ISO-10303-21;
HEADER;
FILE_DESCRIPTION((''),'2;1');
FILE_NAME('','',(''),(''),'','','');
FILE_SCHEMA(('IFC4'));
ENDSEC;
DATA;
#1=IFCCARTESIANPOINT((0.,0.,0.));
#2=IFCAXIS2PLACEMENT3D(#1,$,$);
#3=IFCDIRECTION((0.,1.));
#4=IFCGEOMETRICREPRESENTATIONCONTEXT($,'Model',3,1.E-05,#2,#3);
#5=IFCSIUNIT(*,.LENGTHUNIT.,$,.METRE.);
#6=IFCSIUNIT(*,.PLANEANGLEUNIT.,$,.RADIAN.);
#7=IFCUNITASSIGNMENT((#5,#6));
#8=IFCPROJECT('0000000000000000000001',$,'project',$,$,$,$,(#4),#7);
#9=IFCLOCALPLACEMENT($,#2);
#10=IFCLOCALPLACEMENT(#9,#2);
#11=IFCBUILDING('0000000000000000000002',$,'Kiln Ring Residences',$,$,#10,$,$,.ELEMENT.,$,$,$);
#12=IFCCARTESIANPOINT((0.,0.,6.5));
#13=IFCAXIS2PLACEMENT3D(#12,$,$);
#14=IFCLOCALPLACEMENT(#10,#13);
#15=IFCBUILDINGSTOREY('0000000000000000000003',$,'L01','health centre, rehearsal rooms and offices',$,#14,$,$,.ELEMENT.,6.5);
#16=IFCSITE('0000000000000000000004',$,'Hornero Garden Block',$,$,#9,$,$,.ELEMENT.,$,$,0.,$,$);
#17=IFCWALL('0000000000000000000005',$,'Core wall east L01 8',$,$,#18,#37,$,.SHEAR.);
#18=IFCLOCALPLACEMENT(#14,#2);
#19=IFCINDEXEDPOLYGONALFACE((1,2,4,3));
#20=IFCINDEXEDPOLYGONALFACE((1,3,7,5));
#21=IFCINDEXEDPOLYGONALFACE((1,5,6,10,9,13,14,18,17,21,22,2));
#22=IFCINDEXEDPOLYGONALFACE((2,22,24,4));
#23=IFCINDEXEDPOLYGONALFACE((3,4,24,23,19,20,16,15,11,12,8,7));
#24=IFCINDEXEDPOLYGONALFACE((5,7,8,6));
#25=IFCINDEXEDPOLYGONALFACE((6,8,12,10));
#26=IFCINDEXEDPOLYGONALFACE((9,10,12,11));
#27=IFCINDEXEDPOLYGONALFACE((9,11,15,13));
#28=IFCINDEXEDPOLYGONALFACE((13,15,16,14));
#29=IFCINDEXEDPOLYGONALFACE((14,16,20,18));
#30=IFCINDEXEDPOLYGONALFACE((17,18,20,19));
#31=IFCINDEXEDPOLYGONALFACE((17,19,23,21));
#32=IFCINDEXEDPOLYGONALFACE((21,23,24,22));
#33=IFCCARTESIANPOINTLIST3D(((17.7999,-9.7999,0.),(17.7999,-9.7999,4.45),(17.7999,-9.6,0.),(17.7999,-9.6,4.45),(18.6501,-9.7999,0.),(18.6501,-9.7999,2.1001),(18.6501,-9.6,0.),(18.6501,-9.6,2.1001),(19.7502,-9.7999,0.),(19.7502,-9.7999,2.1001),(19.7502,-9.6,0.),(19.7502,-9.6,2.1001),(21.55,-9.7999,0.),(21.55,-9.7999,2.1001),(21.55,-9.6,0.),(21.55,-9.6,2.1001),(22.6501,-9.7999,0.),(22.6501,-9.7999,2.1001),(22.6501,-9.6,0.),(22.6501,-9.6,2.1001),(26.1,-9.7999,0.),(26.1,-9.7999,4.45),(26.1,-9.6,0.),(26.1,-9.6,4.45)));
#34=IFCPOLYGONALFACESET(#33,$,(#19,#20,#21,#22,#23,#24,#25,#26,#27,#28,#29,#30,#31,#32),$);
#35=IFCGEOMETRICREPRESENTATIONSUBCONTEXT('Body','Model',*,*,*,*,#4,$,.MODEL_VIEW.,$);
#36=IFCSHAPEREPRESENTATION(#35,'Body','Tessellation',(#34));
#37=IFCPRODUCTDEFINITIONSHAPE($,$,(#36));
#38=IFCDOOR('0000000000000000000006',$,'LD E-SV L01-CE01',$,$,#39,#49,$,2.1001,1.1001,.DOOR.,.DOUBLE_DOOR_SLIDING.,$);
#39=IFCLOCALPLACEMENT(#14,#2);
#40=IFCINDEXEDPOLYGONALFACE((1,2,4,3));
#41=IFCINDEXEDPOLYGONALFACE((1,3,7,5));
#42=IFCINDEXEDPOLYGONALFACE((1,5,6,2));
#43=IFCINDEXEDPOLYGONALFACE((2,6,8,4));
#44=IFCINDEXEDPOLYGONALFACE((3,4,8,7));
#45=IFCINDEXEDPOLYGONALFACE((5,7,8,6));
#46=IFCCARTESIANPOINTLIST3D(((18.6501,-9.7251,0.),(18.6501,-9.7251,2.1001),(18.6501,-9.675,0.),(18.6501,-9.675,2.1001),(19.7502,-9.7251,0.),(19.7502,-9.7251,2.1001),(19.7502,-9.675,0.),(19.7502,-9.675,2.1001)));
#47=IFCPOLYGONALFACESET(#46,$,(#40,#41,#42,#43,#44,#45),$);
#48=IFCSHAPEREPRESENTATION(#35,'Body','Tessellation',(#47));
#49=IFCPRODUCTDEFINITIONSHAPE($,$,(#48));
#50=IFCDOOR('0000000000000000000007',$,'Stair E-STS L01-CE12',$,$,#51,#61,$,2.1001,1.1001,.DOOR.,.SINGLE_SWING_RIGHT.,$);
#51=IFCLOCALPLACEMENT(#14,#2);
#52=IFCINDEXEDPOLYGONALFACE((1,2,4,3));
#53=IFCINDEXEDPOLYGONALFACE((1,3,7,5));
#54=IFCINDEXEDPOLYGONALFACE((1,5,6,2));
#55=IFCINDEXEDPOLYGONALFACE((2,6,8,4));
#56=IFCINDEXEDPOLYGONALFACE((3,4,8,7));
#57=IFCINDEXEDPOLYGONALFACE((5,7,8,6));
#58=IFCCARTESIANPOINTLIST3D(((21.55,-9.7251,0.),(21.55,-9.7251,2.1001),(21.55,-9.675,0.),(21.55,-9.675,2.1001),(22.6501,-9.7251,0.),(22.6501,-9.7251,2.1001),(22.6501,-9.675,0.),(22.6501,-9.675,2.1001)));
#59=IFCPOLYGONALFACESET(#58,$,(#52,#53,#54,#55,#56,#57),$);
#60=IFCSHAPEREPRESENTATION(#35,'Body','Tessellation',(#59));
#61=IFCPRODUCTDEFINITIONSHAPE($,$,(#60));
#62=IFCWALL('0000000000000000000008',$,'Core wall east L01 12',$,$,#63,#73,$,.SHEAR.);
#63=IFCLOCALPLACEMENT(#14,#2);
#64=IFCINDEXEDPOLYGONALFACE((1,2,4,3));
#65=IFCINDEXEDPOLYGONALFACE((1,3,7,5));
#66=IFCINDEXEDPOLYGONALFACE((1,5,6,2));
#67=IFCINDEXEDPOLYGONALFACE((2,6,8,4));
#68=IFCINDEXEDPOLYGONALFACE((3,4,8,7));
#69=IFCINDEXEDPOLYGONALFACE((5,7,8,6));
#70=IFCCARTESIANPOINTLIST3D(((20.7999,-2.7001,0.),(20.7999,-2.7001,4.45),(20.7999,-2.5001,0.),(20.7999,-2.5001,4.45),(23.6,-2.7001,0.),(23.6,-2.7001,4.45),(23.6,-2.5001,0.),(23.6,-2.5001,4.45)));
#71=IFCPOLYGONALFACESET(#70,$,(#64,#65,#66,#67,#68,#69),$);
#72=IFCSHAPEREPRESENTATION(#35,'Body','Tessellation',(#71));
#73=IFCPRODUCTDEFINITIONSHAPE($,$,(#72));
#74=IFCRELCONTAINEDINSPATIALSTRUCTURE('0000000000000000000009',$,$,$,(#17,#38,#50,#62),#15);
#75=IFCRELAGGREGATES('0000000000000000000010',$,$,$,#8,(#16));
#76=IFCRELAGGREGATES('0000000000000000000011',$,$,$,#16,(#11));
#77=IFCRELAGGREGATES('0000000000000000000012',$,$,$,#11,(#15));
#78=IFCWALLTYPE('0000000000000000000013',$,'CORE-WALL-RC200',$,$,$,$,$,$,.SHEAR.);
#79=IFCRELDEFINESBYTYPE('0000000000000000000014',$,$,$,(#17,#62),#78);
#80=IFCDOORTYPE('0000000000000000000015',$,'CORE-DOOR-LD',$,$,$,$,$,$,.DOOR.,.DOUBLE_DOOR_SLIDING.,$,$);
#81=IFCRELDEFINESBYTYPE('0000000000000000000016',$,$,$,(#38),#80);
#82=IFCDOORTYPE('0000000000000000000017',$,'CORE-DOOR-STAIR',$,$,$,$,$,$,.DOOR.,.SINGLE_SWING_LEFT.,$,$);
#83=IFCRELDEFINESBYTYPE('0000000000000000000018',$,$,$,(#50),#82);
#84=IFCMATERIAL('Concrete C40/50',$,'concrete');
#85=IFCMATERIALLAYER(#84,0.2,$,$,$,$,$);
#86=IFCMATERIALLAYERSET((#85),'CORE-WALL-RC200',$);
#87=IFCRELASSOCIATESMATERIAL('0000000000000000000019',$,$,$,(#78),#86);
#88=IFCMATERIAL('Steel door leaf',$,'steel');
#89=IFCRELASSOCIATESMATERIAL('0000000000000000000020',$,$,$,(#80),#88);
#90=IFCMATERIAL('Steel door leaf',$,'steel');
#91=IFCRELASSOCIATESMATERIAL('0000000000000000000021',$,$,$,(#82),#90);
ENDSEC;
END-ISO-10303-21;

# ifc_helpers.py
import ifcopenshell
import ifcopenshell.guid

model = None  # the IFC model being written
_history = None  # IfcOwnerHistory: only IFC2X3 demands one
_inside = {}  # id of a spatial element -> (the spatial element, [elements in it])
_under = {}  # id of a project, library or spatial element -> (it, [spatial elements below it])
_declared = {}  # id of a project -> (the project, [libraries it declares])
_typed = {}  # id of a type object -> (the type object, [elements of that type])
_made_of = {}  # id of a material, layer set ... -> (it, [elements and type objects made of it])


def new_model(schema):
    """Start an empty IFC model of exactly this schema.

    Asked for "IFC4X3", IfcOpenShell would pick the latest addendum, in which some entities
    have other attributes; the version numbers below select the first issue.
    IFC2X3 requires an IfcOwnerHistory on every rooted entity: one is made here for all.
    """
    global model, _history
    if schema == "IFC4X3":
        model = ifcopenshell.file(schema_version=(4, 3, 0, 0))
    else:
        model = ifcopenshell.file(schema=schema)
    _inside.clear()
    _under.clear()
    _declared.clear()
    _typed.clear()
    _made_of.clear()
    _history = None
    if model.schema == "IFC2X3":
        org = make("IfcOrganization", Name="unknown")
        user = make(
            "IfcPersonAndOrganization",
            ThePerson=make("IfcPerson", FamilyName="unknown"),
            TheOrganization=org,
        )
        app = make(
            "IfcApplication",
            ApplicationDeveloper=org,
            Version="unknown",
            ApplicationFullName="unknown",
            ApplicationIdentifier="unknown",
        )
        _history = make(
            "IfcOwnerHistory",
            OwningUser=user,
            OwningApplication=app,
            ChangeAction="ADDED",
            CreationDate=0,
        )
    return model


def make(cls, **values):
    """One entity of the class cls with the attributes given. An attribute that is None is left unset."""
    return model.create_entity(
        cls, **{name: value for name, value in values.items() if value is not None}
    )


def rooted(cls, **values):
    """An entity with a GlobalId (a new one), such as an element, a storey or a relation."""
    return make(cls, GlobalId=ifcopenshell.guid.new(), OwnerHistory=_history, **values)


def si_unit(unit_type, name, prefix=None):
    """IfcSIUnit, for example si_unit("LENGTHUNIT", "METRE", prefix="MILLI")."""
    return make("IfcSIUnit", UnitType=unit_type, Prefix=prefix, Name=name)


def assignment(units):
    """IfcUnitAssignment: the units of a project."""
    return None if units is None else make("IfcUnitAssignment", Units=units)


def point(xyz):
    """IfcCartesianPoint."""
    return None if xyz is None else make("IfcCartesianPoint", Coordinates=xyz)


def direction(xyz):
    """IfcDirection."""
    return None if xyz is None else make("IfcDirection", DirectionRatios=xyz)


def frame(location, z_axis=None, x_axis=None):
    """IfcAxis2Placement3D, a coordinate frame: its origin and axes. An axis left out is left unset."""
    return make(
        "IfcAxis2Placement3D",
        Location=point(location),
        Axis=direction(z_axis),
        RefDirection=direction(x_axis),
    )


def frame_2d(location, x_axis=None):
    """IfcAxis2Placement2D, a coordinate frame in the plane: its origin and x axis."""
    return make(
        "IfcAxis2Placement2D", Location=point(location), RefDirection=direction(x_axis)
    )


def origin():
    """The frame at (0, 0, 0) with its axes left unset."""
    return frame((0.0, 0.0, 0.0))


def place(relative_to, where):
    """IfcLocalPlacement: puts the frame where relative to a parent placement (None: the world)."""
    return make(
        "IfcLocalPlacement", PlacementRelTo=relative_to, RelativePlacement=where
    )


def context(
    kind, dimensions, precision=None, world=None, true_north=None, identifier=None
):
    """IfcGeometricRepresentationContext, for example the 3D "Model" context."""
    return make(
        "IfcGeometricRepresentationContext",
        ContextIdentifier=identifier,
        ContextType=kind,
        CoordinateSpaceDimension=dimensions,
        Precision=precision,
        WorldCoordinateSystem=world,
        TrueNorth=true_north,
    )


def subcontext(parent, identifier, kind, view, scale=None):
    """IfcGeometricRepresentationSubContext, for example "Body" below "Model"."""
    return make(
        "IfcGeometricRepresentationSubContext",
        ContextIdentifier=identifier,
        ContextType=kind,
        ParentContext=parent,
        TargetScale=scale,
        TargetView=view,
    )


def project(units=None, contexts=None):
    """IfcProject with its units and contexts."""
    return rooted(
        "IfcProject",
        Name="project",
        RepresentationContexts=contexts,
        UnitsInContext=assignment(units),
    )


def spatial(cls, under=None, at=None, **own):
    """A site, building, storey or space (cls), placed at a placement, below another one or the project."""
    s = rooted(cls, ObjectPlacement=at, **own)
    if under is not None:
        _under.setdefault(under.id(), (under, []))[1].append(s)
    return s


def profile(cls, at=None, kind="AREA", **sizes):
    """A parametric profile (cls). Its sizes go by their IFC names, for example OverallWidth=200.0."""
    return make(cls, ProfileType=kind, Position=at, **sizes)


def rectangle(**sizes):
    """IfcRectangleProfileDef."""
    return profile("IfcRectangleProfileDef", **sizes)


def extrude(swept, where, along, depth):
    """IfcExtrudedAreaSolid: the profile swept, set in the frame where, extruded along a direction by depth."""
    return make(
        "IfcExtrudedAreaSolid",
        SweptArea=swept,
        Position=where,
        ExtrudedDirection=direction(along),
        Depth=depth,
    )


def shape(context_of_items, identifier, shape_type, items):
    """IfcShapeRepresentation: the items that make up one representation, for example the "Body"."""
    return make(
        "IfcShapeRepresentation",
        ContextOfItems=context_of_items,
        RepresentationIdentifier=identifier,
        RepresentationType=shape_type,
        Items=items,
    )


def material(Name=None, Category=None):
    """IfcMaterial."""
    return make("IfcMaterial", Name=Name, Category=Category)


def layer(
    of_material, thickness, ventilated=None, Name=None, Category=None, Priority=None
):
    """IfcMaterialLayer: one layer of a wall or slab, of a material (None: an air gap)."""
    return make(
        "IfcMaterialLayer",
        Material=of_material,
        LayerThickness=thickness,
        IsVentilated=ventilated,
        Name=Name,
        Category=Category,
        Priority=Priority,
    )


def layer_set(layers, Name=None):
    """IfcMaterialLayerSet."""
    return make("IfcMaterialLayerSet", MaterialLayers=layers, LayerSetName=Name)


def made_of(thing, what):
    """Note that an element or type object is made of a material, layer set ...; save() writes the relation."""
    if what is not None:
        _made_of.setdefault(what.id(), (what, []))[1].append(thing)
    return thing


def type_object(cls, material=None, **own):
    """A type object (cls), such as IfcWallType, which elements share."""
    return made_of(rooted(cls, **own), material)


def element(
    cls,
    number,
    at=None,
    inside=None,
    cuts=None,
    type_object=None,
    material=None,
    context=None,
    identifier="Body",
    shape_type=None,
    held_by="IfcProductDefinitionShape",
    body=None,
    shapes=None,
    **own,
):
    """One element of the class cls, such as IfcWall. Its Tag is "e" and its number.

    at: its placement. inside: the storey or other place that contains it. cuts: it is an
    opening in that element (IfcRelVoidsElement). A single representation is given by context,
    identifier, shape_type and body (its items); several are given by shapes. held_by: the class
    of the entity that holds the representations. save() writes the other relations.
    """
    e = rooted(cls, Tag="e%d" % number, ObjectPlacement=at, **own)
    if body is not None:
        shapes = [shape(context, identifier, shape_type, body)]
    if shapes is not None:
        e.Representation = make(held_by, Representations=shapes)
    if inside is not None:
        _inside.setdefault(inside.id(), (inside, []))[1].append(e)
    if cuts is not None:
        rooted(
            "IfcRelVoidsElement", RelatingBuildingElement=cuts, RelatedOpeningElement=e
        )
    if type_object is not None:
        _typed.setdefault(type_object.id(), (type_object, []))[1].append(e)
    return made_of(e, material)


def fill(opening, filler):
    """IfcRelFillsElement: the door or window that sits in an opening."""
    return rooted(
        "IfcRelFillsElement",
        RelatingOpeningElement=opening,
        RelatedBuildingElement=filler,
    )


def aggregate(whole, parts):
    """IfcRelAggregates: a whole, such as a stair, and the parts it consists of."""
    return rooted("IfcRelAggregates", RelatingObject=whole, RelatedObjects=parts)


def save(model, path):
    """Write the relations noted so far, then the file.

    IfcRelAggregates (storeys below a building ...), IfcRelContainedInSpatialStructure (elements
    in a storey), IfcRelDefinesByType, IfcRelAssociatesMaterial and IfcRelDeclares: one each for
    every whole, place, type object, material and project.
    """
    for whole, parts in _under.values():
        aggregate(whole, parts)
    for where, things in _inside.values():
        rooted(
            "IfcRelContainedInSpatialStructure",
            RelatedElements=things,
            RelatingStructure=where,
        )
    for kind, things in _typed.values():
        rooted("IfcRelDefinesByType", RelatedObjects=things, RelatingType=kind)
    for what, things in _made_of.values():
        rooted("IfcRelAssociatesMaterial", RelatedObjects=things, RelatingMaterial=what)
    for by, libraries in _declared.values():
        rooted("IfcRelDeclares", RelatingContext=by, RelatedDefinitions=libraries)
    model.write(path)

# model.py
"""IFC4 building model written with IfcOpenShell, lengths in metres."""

from ifc_helpers import new_model, si_unit, direction, frame, frame_2d, origin, place, context, subcontext, project, spatial, rectangle, extrude, material, layer, layer_set, type_object, element, fill, save


model = new_model("IFC4")

# Units and contexts
model_context = context("Model", 3, precision=1e-05, world=origin(), true_north=direction((0.0, 1.0)))
body_context = subcontext(model_context, "Body", "Model", "MODEL_VIEW")
ifc_project = project(units=[si_unit("LENGTHUNIT", "METRE"), si_unit("PLANEANGLEUNIT", "RADIAN")], contexts=[model_context])

# Site, building, storey
site_placement = place(None, origin())
site = spatial("IfcSite", under=ifc_project, at=site_placement, Name="Hornero Garden Block", CompositionType="ELEMENT", RefElevation=0.0)
building_placement = place(site_placement, origin())
building = spatial("IfcBuilding", under=site, at=building_placement, Name="Kiln Ring Residences", CompositionType="ELEMENT")
storey_placement = place(building_placement, frame((0.0, 0.0, 6.5)))
storey = spatial("IfcBuildingStorey", under=building, at=storey_placement, Name="L01", Description="health centre, rehearsal rooms and offices", CompositionType="ELEMENT", Elevation=6.5)

# Shared definitions
ifc_material_1 = material(Name="Concrete C40/50", Category="concrete")
ifc_layer_1 = layer(ifc_material_1, 0.2)
ifc_layer_set_1 = layer_set([ifc_layer_1], Name="CORE-WALL-RC200")
wall_type_1 = type_object("IfcWallType", Name="CORE-WALL-RC200", PredefinedType="SHEAR", material=ifc_layer_set_1)

# Wall, openings, doors
wall_1_placement = place(storey_placement, frame((17.8, -9.7, 0.0), z_axis=(0.0, 0.0, 1.0), x_axis=(1.0, 0.0, 0.0)))
wall_1 = element("IfcWall", 1, at=wall_1_placement, inside=storey, type_object=wall_type_1, Name="Core wall east L01 8", PredefinedType="SHEAR", context=body_context, shape_type="SweptSolid", body=[
    extrude(rectangle(XDim=8.3, YDim=0.2, at=frame_2d((4.1499, 0.0))), origin(), (0.0, 0.0, 1.0), 4.45),
])
opening_1_placement = place(wall_1_placement, frame((0.8501, 0.0, 0.0)))
opening_1 = element("IfcOpeningElement", 2, at=opening_1_placement, cuts=wall_1, PredefinedType="OPENING", context=body_context, shape_type="SweptSolid", body=[
    extrude(rectangle(XDim=1.1001, YDim=2.1001, at=frame_2d((0.55, 1.05))), frame((0.0, 0.1099, 0.0), z_axis=(0.0, -1.0, 0.0), x_axis=(1.0, 0.0, 0.0)), (0.0, 0.0, 1.0), 0.22),
])
opening_2_placement = place(wall_1_placement, frame((3.75, 0.0, 0.0)))
opening_2 = element("IfcOpeningElement", 3, at=opening_2_placement, cuts=wall_1, PredefinedType="OPENING", context=body_context, shape_type="SweptSolid", body=[
    extrude(rectangle(XDim=1.1001, YDim=2.1001, at=frame_2d((0.55, 1.05))), frame((0.0, 0.1099, 0.0), z_axis=(0.0, -1.0, 0.0), x_axis=(1.0, 0.0, 0.0)), (0.0, 0.0, 1.0), 0.22),
])
ifc_material_2 = material(Name="Steel door leaf", Category="steel")
door_type_1 = type_object("IfcDoorType", Name="CORE-DOOR-LD", OperationType="DOUBLE_DOOR_SLIDING", PredefinedType="DOOR", material=ifc_material_2)
door_1_placement = place(opening_1_placement, origin())
door_1 = element("IfcDoor", 4, at=door_1_placement, inside=storey, type_object=door_type_1, Name="LD E-SV L01-CE01", OperationType="DOUBLE_DOOR_SLIDING", OverallHeight=2.1001, OverallWidth=1.1001, PredefinedType="DOOR", context=body_context, shape_type="SweptSolid", body=[
    extrude(rectangle(XDim=1.1001, YDim=2.1001, at=frame_2d((0.55, 1.05))), frame((0.0, 0.0249, 0.0), z_axis=(0.0, -1.0, 0.0), x_axis=(1.0, 0.0, 0.0)), (0.0, 0.0, 1.0), 0.05),
])
fill(opening_1, door_1)
ifc_material_3 = material(Name="Steel door leaf", Category="steel")
door_type_2 = type_object("IfcDoorType", Name="CORE-DOOR-STAIR", OperationType="SINGLE_SWING_LEFT", PredefinedType="DOOR", material=ifc_material_3)
door_2_placement = place(opening_2_placement, origin())
door_2 = element("IfcDoor", 5, at=door_2_placement, inside=storey, type_object=door_type_2, Name="Stair E-STS L01-CE12", OperationType="SINGLE_SWING_RIGHT", OverallHeight=2.1001, OverallWidth=1.1001, PredefinedType="DOOR", context=body_context, shape_type="SweptSolid", body=[
    extrude(rectangle(XDim=1.1001, YDim=2.1001, at=frame_2d((0.55, 1.05))), frame((0.0, 0.0249, 0.0), z_axis=(0.0, -1.0, 0.0), x_axis=(1.0, 0.0, 0.0)), (0.0, 0.0, 1.0), 0.05),
])
fill(opening_2, door_2)

# Wall
wall_2_placement = place(storey_placement, frame((20.8, -2.6001, 0.0), z_axis=(0.0, 0.0, 1.0), x_axis=(1.0, 0.0, 0.0)))
element("IfcWall", 6, at=wall_2_placement, inside=storey, type_object=wall_type_1, Name="Core wall east L01 12", PredefinedType="SHEAR", context=body_context, shape_type="SweptSolid", body=[
    extrude(rectangle(XDim=2.8, YDim=0.2, at=frame_2d((1.3999, 0.0))), origin(), (0.0, 0.0, 1.0), 4.45),
])

save(model, "model.ifc")
